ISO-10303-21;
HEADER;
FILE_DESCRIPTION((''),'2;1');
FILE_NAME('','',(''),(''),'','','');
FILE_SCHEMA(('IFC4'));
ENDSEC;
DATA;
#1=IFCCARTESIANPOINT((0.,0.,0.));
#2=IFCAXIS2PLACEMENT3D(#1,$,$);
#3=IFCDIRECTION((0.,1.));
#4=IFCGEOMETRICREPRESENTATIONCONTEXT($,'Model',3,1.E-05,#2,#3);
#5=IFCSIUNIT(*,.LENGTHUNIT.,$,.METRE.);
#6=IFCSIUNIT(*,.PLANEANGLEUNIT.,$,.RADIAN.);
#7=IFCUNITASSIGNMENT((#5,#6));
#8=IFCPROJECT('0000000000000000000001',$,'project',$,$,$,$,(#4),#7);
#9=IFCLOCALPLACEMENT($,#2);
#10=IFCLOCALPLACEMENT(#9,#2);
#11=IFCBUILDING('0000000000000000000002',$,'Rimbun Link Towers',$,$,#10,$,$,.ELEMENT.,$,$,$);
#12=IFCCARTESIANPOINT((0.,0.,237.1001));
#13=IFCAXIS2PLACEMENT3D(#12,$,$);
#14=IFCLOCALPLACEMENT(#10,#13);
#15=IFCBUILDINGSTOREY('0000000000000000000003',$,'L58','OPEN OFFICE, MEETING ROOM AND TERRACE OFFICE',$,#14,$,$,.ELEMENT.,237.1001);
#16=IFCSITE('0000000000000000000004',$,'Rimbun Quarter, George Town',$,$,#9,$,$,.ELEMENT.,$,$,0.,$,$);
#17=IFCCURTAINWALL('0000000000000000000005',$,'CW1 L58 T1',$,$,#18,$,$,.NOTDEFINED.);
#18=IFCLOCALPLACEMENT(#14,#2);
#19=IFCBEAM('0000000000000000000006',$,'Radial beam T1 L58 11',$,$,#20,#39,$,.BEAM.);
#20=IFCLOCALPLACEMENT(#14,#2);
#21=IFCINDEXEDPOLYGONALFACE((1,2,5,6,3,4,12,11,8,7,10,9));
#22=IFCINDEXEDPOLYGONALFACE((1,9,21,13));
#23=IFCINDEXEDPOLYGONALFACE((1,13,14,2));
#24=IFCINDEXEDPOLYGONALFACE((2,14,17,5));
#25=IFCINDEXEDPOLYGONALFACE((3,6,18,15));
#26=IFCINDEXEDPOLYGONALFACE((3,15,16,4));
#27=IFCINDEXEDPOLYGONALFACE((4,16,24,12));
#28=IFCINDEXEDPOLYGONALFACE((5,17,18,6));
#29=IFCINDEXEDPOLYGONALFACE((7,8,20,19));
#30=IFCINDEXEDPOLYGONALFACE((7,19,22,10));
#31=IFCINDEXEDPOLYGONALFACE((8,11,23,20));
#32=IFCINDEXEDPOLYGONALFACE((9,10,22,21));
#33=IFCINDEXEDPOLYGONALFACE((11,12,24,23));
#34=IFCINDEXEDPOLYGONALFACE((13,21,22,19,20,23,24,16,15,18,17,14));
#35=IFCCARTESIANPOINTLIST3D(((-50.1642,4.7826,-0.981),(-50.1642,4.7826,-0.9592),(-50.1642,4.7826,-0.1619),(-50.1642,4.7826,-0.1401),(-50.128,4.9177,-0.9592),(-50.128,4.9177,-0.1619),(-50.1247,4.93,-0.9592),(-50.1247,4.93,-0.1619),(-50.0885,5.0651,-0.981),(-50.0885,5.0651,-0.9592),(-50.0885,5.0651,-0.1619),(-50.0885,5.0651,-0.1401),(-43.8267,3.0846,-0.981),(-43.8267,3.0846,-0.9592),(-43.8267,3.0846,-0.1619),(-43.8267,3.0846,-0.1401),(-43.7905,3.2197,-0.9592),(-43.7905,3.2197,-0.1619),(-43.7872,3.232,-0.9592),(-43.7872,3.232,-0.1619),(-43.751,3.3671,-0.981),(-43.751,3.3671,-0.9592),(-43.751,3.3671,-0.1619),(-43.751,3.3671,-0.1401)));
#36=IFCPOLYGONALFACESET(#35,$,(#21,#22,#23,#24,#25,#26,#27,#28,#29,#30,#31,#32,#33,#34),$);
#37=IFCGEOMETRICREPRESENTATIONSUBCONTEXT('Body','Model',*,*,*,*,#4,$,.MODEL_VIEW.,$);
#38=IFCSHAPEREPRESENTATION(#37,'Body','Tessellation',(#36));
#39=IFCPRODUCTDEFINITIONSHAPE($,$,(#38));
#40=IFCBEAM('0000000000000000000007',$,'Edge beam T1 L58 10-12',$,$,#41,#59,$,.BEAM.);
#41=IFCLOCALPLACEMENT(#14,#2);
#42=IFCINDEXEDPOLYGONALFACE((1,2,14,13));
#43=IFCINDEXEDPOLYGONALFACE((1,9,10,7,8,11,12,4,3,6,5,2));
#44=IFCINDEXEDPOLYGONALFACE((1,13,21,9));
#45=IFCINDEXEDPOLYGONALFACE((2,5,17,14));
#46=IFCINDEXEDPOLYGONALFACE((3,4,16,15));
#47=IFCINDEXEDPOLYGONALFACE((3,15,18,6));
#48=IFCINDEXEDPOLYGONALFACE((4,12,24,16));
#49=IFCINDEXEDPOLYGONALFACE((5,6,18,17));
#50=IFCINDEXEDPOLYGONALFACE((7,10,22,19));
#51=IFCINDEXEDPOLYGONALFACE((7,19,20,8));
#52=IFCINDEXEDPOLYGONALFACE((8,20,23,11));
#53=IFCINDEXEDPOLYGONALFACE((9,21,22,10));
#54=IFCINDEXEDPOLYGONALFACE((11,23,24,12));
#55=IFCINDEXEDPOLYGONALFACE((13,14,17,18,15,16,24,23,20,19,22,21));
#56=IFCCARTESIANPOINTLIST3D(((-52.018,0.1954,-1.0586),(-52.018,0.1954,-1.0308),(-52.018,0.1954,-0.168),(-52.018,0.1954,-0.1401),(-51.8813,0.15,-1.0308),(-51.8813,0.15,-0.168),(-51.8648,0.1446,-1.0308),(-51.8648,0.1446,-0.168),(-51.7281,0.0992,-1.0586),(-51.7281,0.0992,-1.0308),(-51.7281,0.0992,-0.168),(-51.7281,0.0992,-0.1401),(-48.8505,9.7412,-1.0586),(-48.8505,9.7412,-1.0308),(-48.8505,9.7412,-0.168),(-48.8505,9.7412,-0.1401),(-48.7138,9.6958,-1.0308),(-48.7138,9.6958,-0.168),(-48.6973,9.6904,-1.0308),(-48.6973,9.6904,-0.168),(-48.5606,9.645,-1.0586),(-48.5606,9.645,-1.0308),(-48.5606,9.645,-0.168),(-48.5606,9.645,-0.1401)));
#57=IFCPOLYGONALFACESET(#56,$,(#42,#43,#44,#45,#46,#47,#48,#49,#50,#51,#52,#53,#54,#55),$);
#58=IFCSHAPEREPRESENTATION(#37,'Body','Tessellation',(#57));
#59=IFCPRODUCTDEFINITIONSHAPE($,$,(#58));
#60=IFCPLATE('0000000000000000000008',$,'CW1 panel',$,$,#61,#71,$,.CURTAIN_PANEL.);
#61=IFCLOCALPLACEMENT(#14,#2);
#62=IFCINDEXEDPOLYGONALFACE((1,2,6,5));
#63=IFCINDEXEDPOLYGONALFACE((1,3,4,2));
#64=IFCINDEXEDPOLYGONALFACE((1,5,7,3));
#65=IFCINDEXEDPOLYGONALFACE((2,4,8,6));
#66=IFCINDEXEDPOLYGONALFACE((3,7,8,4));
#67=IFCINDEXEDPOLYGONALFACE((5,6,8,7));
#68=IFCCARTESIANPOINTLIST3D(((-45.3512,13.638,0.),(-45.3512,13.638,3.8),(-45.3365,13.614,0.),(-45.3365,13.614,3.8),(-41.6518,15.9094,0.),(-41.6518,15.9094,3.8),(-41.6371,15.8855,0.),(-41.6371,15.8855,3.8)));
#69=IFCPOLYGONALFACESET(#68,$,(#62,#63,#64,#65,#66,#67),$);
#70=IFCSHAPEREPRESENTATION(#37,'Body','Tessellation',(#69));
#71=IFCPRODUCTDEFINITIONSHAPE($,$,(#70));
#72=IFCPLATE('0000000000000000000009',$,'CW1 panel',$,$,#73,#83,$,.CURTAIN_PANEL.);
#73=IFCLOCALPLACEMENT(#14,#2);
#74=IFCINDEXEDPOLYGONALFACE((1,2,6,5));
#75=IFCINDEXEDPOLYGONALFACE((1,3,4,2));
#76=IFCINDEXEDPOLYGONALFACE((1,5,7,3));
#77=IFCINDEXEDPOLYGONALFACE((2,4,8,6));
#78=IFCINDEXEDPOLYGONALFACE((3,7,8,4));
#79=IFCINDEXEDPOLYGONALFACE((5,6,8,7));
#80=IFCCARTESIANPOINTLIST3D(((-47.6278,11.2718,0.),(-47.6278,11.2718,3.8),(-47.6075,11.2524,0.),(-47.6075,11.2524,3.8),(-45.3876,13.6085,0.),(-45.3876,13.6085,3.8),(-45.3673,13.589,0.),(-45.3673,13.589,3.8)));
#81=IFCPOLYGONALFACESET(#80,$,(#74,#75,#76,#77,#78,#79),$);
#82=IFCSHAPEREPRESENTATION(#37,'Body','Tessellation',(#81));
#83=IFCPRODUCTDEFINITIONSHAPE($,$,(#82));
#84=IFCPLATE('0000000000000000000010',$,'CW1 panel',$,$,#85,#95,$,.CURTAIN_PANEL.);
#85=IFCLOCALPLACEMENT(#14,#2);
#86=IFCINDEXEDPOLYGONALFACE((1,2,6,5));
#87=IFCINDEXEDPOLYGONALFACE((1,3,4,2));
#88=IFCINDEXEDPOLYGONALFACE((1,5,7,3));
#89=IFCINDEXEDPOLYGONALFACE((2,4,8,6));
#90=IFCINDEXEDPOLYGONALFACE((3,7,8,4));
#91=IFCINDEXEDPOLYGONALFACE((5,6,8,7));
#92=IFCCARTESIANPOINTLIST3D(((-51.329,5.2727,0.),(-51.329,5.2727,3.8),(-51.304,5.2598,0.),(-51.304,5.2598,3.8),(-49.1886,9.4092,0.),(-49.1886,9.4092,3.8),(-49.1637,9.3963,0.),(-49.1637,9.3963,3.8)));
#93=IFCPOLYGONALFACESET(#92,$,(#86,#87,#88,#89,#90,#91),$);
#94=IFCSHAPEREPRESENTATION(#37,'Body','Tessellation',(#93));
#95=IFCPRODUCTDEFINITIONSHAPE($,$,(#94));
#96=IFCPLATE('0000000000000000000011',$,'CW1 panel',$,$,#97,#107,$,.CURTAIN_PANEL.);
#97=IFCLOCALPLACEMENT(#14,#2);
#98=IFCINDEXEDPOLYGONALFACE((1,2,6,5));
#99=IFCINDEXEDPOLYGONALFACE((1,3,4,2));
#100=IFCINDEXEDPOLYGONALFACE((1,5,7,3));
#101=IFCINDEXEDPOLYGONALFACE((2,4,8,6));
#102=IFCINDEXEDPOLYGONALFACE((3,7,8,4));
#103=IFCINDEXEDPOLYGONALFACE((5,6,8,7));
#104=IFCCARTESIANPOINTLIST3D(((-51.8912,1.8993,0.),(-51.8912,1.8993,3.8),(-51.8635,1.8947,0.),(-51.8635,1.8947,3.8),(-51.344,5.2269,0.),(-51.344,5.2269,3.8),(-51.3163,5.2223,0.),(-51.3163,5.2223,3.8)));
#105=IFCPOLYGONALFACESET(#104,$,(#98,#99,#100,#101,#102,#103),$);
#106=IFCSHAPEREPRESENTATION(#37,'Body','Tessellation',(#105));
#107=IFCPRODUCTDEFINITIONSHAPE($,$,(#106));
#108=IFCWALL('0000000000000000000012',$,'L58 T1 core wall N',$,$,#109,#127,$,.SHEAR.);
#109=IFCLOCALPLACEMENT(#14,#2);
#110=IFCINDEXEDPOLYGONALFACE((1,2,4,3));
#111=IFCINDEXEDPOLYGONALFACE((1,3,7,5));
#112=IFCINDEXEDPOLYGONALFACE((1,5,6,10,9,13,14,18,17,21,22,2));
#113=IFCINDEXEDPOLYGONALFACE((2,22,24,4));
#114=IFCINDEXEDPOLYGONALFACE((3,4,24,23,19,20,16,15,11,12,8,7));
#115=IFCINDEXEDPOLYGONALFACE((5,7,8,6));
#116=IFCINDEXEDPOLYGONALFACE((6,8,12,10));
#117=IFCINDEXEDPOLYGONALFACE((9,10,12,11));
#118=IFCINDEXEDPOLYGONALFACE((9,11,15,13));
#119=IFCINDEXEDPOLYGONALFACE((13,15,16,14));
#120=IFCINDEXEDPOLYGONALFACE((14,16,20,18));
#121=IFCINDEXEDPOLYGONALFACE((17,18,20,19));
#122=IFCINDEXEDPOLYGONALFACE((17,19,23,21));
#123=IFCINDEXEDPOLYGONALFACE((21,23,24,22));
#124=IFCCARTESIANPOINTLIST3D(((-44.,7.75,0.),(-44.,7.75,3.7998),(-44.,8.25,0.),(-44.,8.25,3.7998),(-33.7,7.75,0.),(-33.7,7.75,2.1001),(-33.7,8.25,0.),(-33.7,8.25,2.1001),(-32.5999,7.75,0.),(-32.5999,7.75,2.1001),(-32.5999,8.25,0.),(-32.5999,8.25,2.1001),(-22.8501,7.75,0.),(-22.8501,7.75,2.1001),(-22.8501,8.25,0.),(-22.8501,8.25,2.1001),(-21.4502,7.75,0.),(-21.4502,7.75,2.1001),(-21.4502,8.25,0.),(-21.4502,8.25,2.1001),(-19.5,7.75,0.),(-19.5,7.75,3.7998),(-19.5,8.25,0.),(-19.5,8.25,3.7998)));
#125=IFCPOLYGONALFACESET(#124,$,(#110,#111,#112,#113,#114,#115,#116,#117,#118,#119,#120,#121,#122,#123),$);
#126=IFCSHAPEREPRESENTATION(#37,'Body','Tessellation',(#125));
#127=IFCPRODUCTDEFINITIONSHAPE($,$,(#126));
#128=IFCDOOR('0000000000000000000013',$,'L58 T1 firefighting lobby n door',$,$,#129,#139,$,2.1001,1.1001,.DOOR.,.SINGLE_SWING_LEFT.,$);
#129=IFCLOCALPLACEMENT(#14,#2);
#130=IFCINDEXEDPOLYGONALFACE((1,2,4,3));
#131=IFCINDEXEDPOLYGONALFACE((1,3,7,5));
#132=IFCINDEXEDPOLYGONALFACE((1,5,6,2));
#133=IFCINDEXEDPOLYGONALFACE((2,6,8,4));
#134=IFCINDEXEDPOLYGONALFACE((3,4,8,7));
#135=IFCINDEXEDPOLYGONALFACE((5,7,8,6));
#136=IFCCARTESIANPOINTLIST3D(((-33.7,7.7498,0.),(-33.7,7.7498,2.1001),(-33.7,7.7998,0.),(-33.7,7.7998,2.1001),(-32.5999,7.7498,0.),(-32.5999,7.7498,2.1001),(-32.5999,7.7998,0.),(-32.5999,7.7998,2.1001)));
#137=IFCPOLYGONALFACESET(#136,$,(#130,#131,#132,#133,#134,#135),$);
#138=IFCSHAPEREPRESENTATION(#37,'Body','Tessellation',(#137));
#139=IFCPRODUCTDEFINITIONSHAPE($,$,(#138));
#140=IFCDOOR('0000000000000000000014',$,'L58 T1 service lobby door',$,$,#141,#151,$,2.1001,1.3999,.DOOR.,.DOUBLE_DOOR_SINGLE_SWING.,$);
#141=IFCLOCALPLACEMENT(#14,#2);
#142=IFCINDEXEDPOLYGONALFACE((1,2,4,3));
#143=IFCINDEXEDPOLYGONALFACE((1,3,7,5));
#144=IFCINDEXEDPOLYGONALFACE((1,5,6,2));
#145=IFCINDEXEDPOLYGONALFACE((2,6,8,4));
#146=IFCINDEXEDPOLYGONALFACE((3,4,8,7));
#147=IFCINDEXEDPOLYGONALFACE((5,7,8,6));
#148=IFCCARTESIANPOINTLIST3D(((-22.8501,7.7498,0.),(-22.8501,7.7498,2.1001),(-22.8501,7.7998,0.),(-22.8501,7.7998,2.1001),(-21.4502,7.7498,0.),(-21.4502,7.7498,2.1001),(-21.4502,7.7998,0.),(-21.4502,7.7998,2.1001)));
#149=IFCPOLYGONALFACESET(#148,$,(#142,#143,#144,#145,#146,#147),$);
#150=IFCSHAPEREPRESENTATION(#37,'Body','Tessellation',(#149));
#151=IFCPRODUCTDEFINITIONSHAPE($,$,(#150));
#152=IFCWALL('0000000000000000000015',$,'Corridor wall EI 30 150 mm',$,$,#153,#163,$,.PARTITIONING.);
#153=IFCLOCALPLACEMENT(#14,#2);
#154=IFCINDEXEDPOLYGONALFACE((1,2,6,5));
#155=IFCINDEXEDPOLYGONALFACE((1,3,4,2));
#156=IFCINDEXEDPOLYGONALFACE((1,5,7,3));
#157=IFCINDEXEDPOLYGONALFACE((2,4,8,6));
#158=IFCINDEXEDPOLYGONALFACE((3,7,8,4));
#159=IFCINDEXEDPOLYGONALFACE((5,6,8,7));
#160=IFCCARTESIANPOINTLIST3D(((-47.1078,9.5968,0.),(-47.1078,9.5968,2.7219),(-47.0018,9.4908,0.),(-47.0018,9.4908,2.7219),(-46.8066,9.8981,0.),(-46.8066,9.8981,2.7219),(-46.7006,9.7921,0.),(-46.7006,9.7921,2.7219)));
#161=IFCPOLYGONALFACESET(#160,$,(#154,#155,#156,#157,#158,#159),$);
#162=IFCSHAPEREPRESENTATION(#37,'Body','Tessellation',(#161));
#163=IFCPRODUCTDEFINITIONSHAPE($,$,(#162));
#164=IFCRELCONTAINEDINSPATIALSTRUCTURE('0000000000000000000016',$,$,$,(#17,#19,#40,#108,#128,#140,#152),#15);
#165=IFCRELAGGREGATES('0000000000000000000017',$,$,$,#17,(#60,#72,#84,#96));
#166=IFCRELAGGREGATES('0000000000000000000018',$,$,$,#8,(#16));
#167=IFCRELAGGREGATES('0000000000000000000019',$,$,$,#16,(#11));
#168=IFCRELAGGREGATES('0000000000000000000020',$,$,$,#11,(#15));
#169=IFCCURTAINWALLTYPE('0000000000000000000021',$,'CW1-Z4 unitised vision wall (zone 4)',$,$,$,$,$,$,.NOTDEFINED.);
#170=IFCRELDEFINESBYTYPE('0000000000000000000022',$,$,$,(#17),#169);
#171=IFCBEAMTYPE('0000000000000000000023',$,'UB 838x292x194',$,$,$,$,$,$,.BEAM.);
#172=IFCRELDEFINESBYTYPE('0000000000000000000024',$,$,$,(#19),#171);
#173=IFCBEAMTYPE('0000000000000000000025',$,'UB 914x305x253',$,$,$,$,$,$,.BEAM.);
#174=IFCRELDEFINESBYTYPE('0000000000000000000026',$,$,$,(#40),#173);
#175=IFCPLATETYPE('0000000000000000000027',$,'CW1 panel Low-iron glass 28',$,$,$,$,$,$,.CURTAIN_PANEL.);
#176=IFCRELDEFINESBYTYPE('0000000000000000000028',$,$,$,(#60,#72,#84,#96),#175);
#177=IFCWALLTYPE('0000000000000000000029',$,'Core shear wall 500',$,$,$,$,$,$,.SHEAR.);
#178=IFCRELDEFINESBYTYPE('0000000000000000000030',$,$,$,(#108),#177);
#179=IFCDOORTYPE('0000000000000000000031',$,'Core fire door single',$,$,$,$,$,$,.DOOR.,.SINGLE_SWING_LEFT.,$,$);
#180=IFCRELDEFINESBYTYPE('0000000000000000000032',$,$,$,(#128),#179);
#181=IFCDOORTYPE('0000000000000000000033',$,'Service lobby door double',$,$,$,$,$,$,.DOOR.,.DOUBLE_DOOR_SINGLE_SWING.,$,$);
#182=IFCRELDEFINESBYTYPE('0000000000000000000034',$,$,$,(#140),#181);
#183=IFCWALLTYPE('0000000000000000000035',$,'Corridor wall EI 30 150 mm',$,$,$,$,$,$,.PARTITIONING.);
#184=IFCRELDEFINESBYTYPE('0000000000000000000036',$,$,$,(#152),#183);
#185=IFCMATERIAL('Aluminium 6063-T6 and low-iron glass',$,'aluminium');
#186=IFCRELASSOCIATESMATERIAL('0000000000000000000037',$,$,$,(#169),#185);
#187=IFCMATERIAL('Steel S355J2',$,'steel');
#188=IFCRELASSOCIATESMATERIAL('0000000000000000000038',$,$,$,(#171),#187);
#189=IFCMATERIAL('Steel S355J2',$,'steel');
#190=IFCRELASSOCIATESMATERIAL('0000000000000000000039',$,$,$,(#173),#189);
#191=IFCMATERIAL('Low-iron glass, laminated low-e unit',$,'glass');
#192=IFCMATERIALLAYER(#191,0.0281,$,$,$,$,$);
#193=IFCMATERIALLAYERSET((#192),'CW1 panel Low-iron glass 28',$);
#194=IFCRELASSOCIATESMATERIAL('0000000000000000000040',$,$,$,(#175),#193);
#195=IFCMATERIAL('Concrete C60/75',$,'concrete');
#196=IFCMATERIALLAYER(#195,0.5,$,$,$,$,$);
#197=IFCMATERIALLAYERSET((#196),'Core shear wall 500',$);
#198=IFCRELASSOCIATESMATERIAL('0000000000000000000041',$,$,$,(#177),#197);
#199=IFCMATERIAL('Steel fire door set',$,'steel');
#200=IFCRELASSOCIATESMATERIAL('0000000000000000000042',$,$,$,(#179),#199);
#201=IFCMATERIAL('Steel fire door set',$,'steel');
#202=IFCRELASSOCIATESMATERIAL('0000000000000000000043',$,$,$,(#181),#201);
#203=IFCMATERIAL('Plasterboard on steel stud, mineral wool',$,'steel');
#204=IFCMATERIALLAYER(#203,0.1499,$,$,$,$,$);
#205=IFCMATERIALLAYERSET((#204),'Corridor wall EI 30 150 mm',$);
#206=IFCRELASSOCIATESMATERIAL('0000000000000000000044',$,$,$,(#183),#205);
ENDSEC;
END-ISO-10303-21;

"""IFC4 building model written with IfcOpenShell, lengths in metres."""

from ifc_helpers import new_model, si_unit, direction, frame, frame_2d, origin, origin_2d, place, context, subcontext, project, spatial, rectangle, i_section, extrude, material, layer, layer_set, material_profile, profile_set, type_object, element, fill, aggregate, save


model = new_model("IFC4")

# Units and contexts
model_context = context("Model", 3, precision=1e-05, world=origin(), true_north=direction((0.0, 1.0)))
body_context = subcontext(model_context, "Body", "Model", "MODEL_VIEW")
ifc_project = project(units=[si_unit("LENGTHUNIT", "METRE"), si_unit("PLANEANGLEUNIT", "RADIAN")], contexts=[model_context])

# Site, building, storey
site_placement = place(None, origin())
site = spatial("IfcSite", under=ifc_project, at=site_placement, Name="Rimbun Quarter, George Town", CompositionType="ELEMENT", RefElevation=0.0)
building_placement = place(site_placement, origin())
building = spatial("IfcBuilding", under=site, at=building_placement, Name="Rimbun Link Towers", CompositionType="ELEMENT")
storey_placement = place(building_placement, frame((0.0, 0.0, 237.1001)))
storey = spatial("IfcBuildingStorey", under=building, at=storey_placement, Name="L58", Description="OPEN OFFICE, MEETING ROOM AND TERRACE OFFICE", CompositionType="ELEMENT", Elevation=237.1001)

# Curtain wall
ifc_material_1 = material(Name="Aluminium 6063-T6 and low-iron glass", Category="aluminium")
curtain_wall_type = type_object("IfcCurtainWallType", Name="CW1-Z4 unitised vision wall (zone 4)", PredefinedType="NOTDEFINED", material=ifc_material_1)
curtain_wall_placement = place(storey_placement, origin())
curtain_wall = element("IfcCurtainWall", 1, at=curtain_wall_placement, inside=storey, type_object=curtain_wall_type, Name="CW1 L58 T1", PredefinedType="NOTDEFINED")

# Beams
ifc_material_2 = material(Name="Steel S355J2", Category="steel")
ifc_material_profile_1 = material_profile(ifc_material_2, i_section(OverallWidth=0.2925, OverallDepth=0.8408, WebThickness=0.0127, FlangeThickness=0.0217, at=origin_2d()), Name="UB 838x292x194")
ifc_profile_set_1 = profile_set([ifc_material_profile_1], Name="Steel S355J2")
beam_type_1 = type_object("IfcBeamType", Name="UB 838x292x194", PredefinedType="BEAM", material=ifc_profile_set_1)
beam_1_placement = place(storey_placement, frame((-43.7888, 3.2258, -0.5605), z_axis=(-0.96593, 0.258804, 0.0), x_axis=(-0.258804, -0.96593, 0.0)))
element("IfcBeam", 2, at=beam_1_placement, inside=storey, type_object=beam_type_1, Name="Radial beam T1 L58 11", PredefinedType="BEAM", context=body_context, shape_type="SweptSolid", body=[
    extrude(i_section(OverallWidth=0.2925, OverallDepth=0.8408, WebThickness=0.0127, FlangeThickness=0.0217, at=origin_2d()), origin(), (0.0, 0.0, 1.0), 6.561),
])
ifc_material_3 = material(Name="Steel S355J2", Category="steel")
ifc_material_profile_2 = material_profile(ifc_material_3, i_section(OverallWidth=0.3054, OverallDepth=0.9185, WebThickness=0.0173, FlangeThickness=0.0278, at=origin_2d()), Name="UB 914x305x253")
ifc_profile_set_2 = profile_set([ifc_material_profile_2], Name="Steel S355J2")
beam_type_2 = type_object("IfcBeamType", Name="UB 914x305x253", PredefinedType="BEAM", material=ifc_profile_set_2)
beam_2_placement = place(storey_placement, frame((-48.7056, 9.6931, -0.5994), z_axis=(-0.314931, -0.949114, 0.0), x_axis=(0.949114, -0.314931, 0.0)))
element("IfcBeam", 3, at=beam_2_placement, inside=storey, type_object=beam_type_2, Name="Edge beam T1 L58 10-12", PredefinedType="BEAM", context=body_context, shape_type="SweptSolid", body=[
    extrude(i_section(OverallWidth=0.3054, OverallDepth=0.9185, WebThickness=0.0173, FlangeThickness=0.0278, at=origin_2d()), origin(), (0.0, 0.0, 1.0), 10.0576),
])

# Plates
ifc_material_4 = material(Name="Low-iron glass, laminated low-e unit", Category="glass")
ifc_layer_1 = layer(ifc_material_4, 0.0281)
ifc_layer_set_1 = layer_set([ifc_layer_1], Name="CW1 panel Low-iron glass 28")
plate_type = type_object("IfcPlateType", Name="CW1 panel Low-iron glass 28", PredefinedType="CURTAIN_PANEL", material=ifc_layer_set_1)
plate_1_placement = place(storey_placement, frame((-43.4941, 14.7617, 0.0), z_axis=(0.0, 0.0, 1.0), x_axis=(0.852185, 0.52324, 0.0)))
plate_1 = element("IfcPlate", 4, at=plate_1_placement, type_object=plate_type, Name="CW1 panel", PredefinedType="CURTAIN_PANEL", context=body_context, shape_type="SweptSolid", body=[
    extrude(rectangle(XDim=4.3411, YDim=0.0281, at=origin_2d()), origin(), (0.0, 0.0, 1.0), 3.8),
])
plate_2_placement = place(storey_placement, frame((-46.4976, 12.4304, 0.0), z_axis=(0.0, 0.0, 1.0), x_axis=(0.692058, 0.721842, 0.0)))
plate_2 = element("IfcPlate", 5, at=plate_2_placement, type_object=plate_type, Name="CW1 panel", PredefinedType="CURTAIN_PANEL", context=body_context, shape_type="SweptSolid", body=[
    extrude(rectangle(XDim=3.2371, YDim=0.0281, at=origin_2d()), origin(), (0.0, 0.0, 1.0), 3.8),
])
plate_3_placement = place(storey_placement, frame((-50.2463, 7.3345, 0.0), z_axis=(0.0, 0.0, 1.0), x_axis=(0.45955, 0.888152, 0.0)))
plate_3 = element("IfcPlate", 6, at=plate_3_placement, type_object=plate_type, Name="CW1 panel", PredefinedType="CURTAIN_PANEL", context=body_context, shape_type="SweptSolid", body=[
    extrude(rectangle(XDim=4.6575, YDim=0.0281, at=origin_2d()), origin(), (0.0, 0.0, 1.0), 3.8),
])
plate_4_placement = place(storey_placement, frame((-51.6038, 3.5608, 0.0), z_axis=(0.0, 0.0, 1.0), x_axis=(0.162262, 0.986748, 0.0)))
plate_4 = element("IfcPlate", 7, at=plate_4_placement, type_object=plate_type, Name="CW1 panel", PredefinedType="CURTAIN_PANEL", context=body_context, shape_type="SweptSolid", body=[
    extrude(rectangle(XDim=3.3723, YDim=0.0281, at=origin_2d()), origin(), (0.0, 0.0, 1.0), 3.8),
])
aggregate(curtain_wall, [plate_1, plate_2, plate_3, plate_4])

# Wall, openings, doors
ifc_material_5 = material(Name="Concrete C60/75", Category="concrete")
ifc_layer_2 = layer(ifc_material_5, 0.5)
ifc_layer_set_2 = layer_set([ifc_layer_2], Name="Core shear wall 500")
wall_type_1 = type_object("IfcWallType", Name="Core shear wall 500", PredefinedType="SHEAR", material=ifc_layer_set_2)
wall_1_placement = place(storey_placement, frame((-44.0, 8.0, 0.0), z_axis=(0.0, 0.0, 1.0), x_axis=(1.0, 0.0, 0.0)))
wall_1 = element("IfcWall", 8, at=wall_1_placement, inside=storey, type_object=wall_type_1, Name="L58 T1 core wall N", PredefinedType="SHEAR", context=body_context, shape_type="SweptSolid", body=[
    extrude(rectangle(XDim=24.5, YDim=0.5, at=frame_2d((12.25, 0.0))), origin(), (0.0, 0.0, 1.0), 3.7998),
])
opening_1_placement = place(wall_1_placement, frame((10.3, 0.0, 0.0)))
opening_1 = element("IfcOpeningElement", 9, at=opening_1_placement, cuts=wall_1, PredefinedType="OPENING", context=body_context, shape_type="SweptSolid", body=[
    extrude(rectangle(XDim=1.1001, YDim=2.1001, at=frame_2d((0.55, 1.05))), frame((0.0, 0.26, 0.0), z_axis=(0.0, -1.0, 0.0), x_axis=(1.0, 0.0, 0.0)), (0.0, 0.0, 1.0), 0.52),
])
opening_2_placement = place(wall_1_placement, frame((21.1499, 0.0, 0.0)))
opening_2 = element("IfcOpeningElement", 10, at=opening_2_placement, cuts=wall_1, PredefinedType="OPENING", context=body_context, shape_type="SweptSolid", body=[
    extrude(rectangle(XDim=1.3999, YDim=2.1001, at=frame_2d((0.7, 1.05))), frame((0.0, 0.26, 0.0), z_axis=(0.0, -1.0, 0.0), x_axis=(1.0, 0.0, 0.0)), (0.0, 0.0, 1.0), 0.52),
])
ifc_material_6 = material(Name="Steel fire door set", Category="steel")
door_type_1 = type_object("IfcDoorType", Name="Core fire door single", OperationType="SINGLE_SWING_LEFT", PredefinedType="DOOR", material=ifc_material_6)
door_1_placement = place(opening_1_placement, origin())
door_1 = element("IfcDoor", 11, at=door_1_placement, inside=storey, type_object=door_type_1, Name="L58 T1 firefighting lobby n door", OperationType="SINGLE_SWING_LEFT", OverallHeight=2.1001, OverallWidth=1.1001, PredefinedType="DOOR", context=body_context, shape_type="SweptSolid", body=[
    extrude(rectangle(XDim=1.1001, YDim=2.1001, at=frame_2d((0.55, 1.05))), frame((0.0, -0.2002, 0.0), z_axis=(0.0, -1.0, 0.0), x_axis=(1.0, 0.0, 0.0)), (0.0, 0.0, 1.0), 0.05),
])
fill(opening_1, door_1)
ifc_material_7 = material(Name="Steel fire door set", Category="steel")
door_type_2 = type_object("IfcDoorType", Name="Service lobby door double", OperationType="DOUBLE_DOOR_SINGLE_SWING", PredefinedType="DOOR", material=ifc_material_7)
door_2_placement = place(opening_2_placement, origin())
door_2 = element("IfcDoor", 12, at=door_2_placement, inside=storey, type_object=door_type_2, Name="L58 T1 service lobby door", OperationType="DOUBLE_DOOR_SINGLE_SWING", OverallHeight=2.1001, OverallWidth=1.3999, PredefinedType="DOOR", context=body_context, shape_type="SweptSolid", body=[
    extrude(rectangle(XDim=1.3999, YDim=2.1001, at=frame_2d((0.7, 1.05))), frame((0.0, -0.2002, 0.0), z_axis=(0.0, -1.0, 0.0), x_axis=(1.0, 0.0, 0.0)), (0.0, 0.0, 1.0), 0.05),
])
fill(opening_2, door_2)

# Wall
ifc_material_8 = material(Name="Plasterboard on steel stud, mineral wool", Category="steel")
ifc_layer_3 = layer(ifc_material_8, 0.1499)
ifc_layer_set_3 = layer_set([ifc_layer_3], Name="Corridor wall EI 30 150 mm")
wall_type_2 = type_object("IfcWallType", Name="Corridor wall EI 30 150 mm", PredefinedType="PARTITIONING", material=ifc_layer_set_3)
wall_2_placement = place(storey_placement, frame((-46.7537, 9.845, 0.0), z_axis=(0.0, 0.0, 1.0), x_axis=(-0.707107, -0.707107, 0.0)))
element("IfcWall", 13, at=wall_2_placement, inside=storey, type_object=wall_type_2, Name="Corridor wall EI 30 150 mm", PredefinedType="PARTITIONING", context=body_context, shape_type="SweptSolid", body=[
    extrude(rectangle(XDim=0.426, YDim=0.1499, at=frame_2d((0.2129, 0.0))), origin(), (0.0, 0.0, 1.0), 2.7219),
])

save(model, "model.ifc")
